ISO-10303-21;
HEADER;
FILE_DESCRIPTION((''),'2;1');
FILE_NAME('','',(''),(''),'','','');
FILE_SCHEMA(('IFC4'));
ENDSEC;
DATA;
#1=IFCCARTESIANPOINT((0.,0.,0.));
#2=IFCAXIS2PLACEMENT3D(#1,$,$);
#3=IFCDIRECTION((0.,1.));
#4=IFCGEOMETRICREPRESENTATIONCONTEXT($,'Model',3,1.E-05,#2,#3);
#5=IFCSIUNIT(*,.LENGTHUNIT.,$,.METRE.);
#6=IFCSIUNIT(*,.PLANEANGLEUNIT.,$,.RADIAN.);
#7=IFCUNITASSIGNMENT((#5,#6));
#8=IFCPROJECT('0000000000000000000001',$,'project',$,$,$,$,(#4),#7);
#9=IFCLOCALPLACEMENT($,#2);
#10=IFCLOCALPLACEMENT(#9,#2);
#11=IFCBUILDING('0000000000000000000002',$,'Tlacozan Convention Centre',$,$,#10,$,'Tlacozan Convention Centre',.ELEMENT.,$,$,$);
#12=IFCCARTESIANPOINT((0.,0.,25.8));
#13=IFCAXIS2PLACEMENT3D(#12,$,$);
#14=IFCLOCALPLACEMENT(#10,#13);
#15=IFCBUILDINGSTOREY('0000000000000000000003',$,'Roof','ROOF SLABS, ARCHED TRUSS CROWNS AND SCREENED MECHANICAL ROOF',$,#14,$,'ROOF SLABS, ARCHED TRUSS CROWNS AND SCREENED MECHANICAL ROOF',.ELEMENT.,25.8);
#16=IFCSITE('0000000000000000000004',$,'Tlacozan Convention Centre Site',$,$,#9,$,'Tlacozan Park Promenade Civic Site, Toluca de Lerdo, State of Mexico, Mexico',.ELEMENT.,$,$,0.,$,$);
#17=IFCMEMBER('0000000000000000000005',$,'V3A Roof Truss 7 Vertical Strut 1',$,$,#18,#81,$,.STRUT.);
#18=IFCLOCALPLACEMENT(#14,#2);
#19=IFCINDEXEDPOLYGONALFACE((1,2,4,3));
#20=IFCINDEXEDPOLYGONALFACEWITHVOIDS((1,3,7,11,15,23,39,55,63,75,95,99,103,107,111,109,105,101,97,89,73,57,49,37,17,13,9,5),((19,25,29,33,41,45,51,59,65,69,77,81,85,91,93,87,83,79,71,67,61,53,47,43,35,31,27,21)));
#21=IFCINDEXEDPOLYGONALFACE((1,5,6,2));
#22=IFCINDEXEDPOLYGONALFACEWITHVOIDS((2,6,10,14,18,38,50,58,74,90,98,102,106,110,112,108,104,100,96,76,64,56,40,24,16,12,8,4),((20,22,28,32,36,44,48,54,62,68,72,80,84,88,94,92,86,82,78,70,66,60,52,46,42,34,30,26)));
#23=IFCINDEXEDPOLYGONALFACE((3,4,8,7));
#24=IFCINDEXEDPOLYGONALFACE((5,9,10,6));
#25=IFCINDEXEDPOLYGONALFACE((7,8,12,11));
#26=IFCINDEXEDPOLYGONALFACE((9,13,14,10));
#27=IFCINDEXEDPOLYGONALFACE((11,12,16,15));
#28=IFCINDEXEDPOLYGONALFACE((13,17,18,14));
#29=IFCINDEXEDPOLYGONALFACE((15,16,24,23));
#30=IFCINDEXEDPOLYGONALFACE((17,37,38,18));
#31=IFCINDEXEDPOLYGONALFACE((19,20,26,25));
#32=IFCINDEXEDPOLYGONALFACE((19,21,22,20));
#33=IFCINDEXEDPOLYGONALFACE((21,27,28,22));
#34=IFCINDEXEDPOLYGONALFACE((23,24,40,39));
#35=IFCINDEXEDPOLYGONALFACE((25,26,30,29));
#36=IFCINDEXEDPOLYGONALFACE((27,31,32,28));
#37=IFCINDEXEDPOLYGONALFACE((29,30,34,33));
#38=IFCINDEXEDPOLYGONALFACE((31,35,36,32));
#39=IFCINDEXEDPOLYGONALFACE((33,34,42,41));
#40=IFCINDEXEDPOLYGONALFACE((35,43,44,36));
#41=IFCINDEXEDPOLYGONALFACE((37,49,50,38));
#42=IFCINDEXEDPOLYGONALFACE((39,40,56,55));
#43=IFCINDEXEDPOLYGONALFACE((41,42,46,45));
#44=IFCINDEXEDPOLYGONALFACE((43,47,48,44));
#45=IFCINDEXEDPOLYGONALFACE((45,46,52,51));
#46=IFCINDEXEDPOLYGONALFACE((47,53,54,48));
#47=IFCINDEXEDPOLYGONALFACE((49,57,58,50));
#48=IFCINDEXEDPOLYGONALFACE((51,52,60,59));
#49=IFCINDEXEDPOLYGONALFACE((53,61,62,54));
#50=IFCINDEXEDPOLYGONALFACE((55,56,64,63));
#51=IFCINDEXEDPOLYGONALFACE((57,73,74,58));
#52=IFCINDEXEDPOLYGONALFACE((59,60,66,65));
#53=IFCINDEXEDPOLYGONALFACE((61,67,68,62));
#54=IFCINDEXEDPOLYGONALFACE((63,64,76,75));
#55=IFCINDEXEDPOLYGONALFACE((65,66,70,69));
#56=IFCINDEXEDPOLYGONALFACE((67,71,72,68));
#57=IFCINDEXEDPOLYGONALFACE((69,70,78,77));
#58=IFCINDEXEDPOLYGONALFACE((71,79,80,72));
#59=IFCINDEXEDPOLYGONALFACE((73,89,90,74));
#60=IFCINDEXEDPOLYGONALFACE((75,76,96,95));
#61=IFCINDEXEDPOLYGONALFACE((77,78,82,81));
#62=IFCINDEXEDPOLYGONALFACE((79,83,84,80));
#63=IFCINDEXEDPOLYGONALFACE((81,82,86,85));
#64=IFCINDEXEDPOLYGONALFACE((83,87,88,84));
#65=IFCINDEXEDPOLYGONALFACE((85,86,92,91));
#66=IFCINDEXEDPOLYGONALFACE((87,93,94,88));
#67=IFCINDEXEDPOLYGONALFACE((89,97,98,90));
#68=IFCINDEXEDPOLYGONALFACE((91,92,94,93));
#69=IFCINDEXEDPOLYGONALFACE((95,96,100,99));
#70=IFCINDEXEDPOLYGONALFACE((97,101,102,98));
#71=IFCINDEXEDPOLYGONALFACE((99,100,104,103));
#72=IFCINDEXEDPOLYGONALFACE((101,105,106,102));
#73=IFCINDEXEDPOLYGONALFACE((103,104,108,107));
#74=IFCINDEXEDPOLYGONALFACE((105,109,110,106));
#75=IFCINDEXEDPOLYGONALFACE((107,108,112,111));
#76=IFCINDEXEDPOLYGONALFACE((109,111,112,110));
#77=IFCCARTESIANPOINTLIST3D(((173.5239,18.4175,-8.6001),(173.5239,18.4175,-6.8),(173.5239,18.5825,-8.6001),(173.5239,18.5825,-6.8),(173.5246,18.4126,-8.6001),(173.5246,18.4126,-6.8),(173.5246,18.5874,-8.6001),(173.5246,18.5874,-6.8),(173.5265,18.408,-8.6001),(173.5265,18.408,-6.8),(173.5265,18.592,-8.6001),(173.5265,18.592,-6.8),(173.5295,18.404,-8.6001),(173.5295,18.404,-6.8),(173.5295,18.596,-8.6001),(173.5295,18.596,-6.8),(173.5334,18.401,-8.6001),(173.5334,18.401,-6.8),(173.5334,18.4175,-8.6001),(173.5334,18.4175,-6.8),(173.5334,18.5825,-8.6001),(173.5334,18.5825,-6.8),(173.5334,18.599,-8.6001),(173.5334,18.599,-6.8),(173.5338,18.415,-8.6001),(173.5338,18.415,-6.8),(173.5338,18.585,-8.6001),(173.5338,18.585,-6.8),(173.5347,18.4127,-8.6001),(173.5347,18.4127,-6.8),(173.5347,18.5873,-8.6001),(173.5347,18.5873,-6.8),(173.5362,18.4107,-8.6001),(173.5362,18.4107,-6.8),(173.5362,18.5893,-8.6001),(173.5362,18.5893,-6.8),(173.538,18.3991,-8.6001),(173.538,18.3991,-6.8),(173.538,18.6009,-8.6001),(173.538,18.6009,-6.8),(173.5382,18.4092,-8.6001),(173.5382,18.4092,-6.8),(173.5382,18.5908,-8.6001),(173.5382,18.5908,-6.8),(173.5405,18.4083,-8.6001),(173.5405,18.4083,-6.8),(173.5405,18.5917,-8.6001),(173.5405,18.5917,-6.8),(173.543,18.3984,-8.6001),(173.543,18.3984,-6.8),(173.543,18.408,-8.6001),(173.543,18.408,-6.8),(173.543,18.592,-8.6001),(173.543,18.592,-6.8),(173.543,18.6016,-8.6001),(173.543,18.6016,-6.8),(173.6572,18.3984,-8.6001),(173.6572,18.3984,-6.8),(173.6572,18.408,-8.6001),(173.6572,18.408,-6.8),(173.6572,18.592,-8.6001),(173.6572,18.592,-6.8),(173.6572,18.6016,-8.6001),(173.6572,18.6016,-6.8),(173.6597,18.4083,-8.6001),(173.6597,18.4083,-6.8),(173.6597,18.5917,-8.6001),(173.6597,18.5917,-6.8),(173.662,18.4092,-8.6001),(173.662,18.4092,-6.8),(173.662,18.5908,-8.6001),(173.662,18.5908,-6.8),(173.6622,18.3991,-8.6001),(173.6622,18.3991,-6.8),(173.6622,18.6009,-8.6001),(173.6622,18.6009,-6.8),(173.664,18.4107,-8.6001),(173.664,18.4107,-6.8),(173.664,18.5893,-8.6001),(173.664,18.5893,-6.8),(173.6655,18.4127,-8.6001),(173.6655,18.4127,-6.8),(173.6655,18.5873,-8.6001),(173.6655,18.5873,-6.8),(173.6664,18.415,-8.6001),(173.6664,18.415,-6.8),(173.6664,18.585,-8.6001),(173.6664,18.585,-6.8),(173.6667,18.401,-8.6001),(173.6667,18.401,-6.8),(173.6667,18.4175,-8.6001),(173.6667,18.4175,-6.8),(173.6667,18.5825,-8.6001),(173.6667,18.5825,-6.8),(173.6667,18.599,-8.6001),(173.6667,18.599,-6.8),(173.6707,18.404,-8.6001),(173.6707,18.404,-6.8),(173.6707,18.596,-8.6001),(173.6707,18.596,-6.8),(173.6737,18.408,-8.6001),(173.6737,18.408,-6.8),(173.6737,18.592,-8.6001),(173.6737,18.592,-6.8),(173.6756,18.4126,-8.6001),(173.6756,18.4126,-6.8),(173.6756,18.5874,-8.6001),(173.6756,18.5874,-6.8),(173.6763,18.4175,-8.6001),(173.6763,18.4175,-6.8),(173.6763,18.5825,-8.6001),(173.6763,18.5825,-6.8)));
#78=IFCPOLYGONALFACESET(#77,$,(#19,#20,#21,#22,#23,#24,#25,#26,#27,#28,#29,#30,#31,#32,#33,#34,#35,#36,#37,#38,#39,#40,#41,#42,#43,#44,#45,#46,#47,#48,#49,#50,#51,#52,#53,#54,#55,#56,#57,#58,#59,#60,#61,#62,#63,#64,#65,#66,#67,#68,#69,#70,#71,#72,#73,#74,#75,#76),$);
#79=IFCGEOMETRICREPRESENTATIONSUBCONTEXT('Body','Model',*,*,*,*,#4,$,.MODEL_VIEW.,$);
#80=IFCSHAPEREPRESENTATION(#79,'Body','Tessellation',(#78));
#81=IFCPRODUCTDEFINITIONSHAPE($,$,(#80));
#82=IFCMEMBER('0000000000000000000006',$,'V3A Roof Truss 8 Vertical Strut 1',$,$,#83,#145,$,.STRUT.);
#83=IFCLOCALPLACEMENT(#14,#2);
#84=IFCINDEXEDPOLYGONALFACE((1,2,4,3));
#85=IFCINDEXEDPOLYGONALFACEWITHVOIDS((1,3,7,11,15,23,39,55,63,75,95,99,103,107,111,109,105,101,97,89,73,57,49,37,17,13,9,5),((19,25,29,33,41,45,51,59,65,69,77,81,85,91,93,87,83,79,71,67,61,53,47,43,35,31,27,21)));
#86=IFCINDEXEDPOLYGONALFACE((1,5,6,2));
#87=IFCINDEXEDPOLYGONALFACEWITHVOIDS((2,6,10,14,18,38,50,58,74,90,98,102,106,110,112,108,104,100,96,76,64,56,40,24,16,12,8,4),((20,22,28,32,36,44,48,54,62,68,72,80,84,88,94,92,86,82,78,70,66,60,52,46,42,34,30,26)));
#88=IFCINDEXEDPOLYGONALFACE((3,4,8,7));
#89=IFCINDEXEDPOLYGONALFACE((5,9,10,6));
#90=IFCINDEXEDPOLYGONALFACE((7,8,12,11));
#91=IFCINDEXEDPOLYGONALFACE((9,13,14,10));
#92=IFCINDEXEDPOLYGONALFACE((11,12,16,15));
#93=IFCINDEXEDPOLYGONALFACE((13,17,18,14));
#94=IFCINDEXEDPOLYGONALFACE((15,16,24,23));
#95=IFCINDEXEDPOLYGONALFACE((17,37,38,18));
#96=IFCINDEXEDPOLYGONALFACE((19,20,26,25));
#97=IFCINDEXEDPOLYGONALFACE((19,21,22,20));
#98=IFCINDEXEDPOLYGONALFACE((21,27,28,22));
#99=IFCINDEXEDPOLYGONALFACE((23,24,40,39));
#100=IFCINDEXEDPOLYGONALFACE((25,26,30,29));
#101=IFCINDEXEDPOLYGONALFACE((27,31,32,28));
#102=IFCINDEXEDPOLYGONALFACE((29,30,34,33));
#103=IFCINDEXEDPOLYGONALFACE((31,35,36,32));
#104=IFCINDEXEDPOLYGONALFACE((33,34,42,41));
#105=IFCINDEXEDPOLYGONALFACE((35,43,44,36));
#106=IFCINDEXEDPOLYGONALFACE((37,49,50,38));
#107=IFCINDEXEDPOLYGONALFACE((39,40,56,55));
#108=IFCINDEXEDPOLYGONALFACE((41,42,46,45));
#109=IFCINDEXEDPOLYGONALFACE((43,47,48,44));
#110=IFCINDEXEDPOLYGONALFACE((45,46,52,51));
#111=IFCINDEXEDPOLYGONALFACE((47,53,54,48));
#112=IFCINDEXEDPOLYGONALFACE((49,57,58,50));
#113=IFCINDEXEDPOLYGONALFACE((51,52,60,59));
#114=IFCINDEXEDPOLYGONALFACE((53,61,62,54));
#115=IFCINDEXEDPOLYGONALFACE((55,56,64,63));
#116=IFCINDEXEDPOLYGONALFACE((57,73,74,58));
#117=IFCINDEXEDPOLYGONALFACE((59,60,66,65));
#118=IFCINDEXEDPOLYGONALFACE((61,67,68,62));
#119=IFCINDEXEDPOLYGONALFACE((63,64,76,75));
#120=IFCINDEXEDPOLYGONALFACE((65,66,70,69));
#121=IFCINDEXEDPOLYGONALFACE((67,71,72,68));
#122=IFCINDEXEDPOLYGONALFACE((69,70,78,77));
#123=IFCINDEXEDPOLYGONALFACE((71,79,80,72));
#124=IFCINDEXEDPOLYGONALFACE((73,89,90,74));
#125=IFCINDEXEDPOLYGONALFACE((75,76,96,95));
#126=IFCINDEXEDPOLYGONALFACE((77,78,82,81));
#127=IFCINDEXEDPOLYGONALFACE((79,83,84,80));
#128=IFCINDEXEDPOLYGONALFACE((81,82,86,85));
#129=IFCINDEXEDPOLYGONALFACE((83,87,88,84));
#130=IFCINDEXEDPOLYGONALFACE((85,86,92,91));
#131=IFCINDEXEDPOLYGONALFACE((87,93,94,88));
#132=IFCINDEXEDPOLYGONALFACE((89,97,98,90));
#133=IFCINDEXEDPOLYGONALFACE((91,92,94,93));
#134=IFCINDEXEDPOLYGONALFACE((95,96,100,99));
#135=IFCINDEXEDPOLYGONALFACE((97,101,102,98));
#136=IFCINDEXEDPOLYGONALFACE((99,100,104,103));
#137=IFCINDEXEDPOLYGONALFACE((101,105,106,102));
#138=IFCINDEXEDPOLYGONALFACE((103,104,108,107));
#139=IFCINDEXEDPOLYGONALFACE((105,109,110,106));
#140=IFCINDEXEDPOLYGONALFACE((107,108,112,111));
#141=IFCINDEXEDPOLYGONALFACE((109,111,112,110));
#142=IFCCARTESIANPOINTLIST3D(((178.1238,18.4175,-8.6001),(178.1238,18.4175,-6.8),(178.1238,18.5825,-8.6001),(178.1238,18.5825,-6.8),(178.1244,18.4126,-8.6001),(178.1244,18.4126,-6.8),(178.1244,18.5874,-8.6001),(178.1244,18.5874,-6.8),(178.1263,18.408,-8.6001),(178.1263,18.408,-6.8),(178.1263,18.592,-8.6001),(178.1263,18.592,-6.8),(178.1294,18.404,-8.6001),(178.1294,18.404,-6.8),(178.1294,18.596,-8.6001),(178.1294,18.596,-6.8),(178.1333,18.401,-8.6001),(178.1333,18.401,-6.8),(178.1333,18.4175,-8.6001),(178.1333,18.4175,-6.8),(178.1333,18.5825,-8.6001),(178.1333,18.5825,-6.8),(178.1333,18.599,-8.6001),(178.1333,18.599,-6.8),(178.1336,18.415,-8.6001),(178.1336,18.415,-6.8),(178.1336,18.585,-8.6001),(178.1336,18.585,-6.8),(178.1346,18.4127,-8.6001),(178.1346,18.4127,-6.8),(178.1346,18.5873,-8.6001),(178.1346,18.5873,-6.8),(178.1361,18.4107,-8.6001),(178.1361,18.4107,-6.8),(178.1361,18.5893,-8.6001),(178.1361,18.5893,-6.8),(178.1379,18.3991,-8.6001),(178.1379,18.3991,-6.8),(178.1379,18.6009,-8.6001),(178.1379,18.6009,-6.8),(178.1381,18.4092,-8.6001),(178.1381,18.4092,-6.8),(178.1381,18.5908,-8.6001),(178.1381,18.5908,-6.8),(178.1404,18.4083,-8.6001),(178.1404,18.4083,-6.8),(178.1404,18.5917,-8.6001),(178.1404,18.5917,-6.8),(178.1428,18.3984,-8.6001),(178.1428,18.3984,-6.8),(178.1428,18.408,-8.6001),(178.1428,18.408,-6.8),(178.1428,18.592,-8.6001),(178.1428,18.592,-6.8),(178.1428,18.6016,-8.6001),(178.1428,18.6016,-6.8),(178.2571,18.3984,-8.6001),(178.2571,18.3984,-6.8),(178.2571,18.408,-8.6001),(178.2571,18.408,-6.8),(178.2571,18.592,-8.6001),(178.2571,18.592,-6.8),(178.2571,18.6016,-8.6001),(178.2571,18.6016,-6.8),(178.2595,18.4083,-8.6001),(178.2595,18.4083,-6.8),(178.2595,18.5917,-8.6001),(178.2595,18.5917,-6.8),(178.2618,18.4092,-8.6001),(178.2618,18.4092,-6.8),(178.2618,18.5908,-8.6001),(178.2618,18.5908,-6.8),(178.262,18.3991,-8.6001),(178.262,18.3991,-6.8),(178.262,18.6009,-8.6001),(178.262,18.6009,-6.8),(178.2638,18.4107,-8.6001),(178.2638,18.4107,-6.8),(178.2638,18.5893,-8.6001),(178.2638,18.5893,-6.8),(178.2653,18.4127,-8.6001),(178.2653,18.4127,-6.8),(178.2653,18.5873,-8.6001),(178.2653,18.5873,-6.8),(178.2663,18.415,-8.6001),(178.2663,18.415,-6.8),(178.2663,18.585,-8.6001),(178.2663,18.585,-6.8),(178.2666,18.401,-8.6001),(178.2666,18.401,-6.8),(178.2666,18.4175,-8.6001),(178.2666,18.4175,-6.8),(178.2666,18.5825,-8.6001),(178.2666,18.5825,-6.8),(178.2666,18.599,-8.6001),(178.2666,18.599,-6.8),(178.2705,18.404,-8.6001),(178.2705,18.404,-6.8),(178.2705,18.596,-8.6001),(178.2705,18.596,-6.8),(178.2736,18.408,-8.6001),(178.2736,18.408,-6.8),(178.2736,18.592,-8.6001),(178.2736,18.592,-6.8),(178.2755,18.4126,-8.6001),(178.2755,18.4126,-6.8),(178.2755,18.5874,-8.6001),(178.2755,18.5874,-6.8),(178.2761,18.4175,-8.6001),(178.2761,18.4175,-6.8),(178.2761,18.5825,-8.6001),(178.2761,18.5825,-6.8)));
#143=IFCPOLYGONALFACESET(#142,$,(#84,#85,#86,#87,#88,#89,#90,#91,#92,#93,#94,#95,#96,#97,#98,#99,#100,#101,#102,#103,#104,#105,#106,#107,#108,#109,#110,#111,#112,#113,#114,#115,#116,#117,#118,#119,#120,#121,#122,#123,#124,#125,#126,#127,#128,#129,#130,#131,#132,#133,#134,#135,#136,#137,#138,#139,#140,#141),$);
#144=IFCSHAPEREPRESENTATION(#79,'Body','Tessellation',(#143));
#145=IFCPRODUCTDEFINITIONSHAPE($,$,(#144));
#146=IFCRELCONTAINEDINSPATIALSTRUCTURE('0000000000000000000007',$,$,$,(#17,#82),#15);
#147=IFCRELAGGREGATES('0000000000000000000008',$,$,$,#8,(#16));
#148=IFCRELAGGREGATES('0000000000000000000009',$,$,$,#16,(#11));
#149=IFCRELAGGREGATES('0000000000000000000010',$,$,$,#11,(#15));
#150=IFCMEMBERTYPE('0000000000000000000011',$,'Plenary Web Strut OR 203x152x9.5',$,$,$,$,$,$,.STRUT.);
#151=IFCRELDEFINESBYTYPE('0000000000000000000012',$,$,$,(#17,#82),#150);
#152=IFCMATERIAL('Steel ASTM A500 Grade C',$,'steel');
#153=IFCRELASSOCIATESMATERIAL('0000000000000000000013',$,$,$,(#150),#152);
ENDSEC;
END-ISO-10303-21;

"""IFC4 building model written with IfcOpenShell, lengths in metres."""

from ifc_helpers import new_model, si_unit, direction, frame, origin, origin_2d, place, context, subcontext, project, spatial, hollow_rectangle, extrude, material, material_profile, profile_set, type_object, element, save


model = new_model("IFC4")

# Units and contexts
model_context = context("Model", 3, precision=1e-05, world=origin(), true_north=direction((0.0, 1.0)))
body_context = subcontext(model_context, "Body", "Model", "MODEL_VIEW")
ifc_project = project(units=[si_unit("LENGTHUNIT", "METRE"), si_unit("PLANEANGLEUNIT", "RADIAN")], contexts=[model_context])

# Site, building, storey
site_placement = place(None, origin())
site = spatial("IfcSite", under=ifc_project, at=site_placement, Name="Tlacozan Convention Centre Site", LongName="Tlacozan Park Promenade Civic Site, Toluca de Lerdo, State of Mexico, Mexico", CompositionType="ELEMENT", RefElevation=0.0)
building_placement = place(site_placement, origin())
building = spatial("IfcBuilding", under=site, at=building_placement, Name="Tlacozan Convention Centre", LongName="Tlacozan Convention Centre", CompositionType="ELEMENT")
storey_placement = place(building_placement, frame((0.0, 0.0, 25.8)))
storey = spatial("IfcBuildingStorey", under=building, at=storey_placement, Name="Roof", Description="ROOF SLABS, ARCHED TRUSS CROWNS AND SCREENED MECHANICAL ROOF", LongName="ROOF SLABS, ARCHED TRUSS CROWNS AND SCREENED MECHANICAL ROOF", CompositionType="ELEMENT", Elevation=25.8)

# Members
ifc_material_1 = material(Name="Steel ASTM A500 Grade C", Category="steel")
ifc_material_profile_1 = material_profile(ifc_material_1, hollow_rectangle(XDim=0.1523, YDim=0.2031, WallThickness=0.0095, InnerFilletRadius=0.0095, OuterFilletRadius=0.019, at=origin_2d()), Name="OR 203x152x9.5")
ifc_profile_set_1 = profile_set([ifc_material_profile_1], Name="Steel ASTM A500 Grade C")
member_type_1 = type_object("IfcMemberType", Name="Plenary Web Strut OR 203x152x9.5", PredefinedType="STRUT", material=ifc_profile_set_1)
for number, where, z_axis, x_axis, name in (
    (1, (173.6001, 18.5, -8.6001), (0.0, 0.0, 1.0), (1.0, 0.0, 0.0), "V3A Roof Truss 7 Vertical Strut 1"),
    (2, (178.2, 18.5, -8.6001), (0.0, 0.0, 1.0), (1.0, 0.0, 0.0), "V3A Roof Truss 8 Vertical Strut 1"),
):
    element("IfcMember", number, at=place(storey_placement, frame(where, z_axis=z_axis, x_axis=x_axis)), inside=storey, type_object=member_type_1, Name=name, PredefinedType="STRUT", context=body_context, shape_type="SweptSolid", body=[
        extrude(hollow_rectangle(XDim=0.1523, YDim=0.2031, WallThickness=0.0095, InnerFilletRadius=0.0095, OuterFilletRadius=0.019, at=origin_2d()), origin(), (0.0, 0.0, 1.0), 1.8),
    ])

save(model, "model.ifc")
